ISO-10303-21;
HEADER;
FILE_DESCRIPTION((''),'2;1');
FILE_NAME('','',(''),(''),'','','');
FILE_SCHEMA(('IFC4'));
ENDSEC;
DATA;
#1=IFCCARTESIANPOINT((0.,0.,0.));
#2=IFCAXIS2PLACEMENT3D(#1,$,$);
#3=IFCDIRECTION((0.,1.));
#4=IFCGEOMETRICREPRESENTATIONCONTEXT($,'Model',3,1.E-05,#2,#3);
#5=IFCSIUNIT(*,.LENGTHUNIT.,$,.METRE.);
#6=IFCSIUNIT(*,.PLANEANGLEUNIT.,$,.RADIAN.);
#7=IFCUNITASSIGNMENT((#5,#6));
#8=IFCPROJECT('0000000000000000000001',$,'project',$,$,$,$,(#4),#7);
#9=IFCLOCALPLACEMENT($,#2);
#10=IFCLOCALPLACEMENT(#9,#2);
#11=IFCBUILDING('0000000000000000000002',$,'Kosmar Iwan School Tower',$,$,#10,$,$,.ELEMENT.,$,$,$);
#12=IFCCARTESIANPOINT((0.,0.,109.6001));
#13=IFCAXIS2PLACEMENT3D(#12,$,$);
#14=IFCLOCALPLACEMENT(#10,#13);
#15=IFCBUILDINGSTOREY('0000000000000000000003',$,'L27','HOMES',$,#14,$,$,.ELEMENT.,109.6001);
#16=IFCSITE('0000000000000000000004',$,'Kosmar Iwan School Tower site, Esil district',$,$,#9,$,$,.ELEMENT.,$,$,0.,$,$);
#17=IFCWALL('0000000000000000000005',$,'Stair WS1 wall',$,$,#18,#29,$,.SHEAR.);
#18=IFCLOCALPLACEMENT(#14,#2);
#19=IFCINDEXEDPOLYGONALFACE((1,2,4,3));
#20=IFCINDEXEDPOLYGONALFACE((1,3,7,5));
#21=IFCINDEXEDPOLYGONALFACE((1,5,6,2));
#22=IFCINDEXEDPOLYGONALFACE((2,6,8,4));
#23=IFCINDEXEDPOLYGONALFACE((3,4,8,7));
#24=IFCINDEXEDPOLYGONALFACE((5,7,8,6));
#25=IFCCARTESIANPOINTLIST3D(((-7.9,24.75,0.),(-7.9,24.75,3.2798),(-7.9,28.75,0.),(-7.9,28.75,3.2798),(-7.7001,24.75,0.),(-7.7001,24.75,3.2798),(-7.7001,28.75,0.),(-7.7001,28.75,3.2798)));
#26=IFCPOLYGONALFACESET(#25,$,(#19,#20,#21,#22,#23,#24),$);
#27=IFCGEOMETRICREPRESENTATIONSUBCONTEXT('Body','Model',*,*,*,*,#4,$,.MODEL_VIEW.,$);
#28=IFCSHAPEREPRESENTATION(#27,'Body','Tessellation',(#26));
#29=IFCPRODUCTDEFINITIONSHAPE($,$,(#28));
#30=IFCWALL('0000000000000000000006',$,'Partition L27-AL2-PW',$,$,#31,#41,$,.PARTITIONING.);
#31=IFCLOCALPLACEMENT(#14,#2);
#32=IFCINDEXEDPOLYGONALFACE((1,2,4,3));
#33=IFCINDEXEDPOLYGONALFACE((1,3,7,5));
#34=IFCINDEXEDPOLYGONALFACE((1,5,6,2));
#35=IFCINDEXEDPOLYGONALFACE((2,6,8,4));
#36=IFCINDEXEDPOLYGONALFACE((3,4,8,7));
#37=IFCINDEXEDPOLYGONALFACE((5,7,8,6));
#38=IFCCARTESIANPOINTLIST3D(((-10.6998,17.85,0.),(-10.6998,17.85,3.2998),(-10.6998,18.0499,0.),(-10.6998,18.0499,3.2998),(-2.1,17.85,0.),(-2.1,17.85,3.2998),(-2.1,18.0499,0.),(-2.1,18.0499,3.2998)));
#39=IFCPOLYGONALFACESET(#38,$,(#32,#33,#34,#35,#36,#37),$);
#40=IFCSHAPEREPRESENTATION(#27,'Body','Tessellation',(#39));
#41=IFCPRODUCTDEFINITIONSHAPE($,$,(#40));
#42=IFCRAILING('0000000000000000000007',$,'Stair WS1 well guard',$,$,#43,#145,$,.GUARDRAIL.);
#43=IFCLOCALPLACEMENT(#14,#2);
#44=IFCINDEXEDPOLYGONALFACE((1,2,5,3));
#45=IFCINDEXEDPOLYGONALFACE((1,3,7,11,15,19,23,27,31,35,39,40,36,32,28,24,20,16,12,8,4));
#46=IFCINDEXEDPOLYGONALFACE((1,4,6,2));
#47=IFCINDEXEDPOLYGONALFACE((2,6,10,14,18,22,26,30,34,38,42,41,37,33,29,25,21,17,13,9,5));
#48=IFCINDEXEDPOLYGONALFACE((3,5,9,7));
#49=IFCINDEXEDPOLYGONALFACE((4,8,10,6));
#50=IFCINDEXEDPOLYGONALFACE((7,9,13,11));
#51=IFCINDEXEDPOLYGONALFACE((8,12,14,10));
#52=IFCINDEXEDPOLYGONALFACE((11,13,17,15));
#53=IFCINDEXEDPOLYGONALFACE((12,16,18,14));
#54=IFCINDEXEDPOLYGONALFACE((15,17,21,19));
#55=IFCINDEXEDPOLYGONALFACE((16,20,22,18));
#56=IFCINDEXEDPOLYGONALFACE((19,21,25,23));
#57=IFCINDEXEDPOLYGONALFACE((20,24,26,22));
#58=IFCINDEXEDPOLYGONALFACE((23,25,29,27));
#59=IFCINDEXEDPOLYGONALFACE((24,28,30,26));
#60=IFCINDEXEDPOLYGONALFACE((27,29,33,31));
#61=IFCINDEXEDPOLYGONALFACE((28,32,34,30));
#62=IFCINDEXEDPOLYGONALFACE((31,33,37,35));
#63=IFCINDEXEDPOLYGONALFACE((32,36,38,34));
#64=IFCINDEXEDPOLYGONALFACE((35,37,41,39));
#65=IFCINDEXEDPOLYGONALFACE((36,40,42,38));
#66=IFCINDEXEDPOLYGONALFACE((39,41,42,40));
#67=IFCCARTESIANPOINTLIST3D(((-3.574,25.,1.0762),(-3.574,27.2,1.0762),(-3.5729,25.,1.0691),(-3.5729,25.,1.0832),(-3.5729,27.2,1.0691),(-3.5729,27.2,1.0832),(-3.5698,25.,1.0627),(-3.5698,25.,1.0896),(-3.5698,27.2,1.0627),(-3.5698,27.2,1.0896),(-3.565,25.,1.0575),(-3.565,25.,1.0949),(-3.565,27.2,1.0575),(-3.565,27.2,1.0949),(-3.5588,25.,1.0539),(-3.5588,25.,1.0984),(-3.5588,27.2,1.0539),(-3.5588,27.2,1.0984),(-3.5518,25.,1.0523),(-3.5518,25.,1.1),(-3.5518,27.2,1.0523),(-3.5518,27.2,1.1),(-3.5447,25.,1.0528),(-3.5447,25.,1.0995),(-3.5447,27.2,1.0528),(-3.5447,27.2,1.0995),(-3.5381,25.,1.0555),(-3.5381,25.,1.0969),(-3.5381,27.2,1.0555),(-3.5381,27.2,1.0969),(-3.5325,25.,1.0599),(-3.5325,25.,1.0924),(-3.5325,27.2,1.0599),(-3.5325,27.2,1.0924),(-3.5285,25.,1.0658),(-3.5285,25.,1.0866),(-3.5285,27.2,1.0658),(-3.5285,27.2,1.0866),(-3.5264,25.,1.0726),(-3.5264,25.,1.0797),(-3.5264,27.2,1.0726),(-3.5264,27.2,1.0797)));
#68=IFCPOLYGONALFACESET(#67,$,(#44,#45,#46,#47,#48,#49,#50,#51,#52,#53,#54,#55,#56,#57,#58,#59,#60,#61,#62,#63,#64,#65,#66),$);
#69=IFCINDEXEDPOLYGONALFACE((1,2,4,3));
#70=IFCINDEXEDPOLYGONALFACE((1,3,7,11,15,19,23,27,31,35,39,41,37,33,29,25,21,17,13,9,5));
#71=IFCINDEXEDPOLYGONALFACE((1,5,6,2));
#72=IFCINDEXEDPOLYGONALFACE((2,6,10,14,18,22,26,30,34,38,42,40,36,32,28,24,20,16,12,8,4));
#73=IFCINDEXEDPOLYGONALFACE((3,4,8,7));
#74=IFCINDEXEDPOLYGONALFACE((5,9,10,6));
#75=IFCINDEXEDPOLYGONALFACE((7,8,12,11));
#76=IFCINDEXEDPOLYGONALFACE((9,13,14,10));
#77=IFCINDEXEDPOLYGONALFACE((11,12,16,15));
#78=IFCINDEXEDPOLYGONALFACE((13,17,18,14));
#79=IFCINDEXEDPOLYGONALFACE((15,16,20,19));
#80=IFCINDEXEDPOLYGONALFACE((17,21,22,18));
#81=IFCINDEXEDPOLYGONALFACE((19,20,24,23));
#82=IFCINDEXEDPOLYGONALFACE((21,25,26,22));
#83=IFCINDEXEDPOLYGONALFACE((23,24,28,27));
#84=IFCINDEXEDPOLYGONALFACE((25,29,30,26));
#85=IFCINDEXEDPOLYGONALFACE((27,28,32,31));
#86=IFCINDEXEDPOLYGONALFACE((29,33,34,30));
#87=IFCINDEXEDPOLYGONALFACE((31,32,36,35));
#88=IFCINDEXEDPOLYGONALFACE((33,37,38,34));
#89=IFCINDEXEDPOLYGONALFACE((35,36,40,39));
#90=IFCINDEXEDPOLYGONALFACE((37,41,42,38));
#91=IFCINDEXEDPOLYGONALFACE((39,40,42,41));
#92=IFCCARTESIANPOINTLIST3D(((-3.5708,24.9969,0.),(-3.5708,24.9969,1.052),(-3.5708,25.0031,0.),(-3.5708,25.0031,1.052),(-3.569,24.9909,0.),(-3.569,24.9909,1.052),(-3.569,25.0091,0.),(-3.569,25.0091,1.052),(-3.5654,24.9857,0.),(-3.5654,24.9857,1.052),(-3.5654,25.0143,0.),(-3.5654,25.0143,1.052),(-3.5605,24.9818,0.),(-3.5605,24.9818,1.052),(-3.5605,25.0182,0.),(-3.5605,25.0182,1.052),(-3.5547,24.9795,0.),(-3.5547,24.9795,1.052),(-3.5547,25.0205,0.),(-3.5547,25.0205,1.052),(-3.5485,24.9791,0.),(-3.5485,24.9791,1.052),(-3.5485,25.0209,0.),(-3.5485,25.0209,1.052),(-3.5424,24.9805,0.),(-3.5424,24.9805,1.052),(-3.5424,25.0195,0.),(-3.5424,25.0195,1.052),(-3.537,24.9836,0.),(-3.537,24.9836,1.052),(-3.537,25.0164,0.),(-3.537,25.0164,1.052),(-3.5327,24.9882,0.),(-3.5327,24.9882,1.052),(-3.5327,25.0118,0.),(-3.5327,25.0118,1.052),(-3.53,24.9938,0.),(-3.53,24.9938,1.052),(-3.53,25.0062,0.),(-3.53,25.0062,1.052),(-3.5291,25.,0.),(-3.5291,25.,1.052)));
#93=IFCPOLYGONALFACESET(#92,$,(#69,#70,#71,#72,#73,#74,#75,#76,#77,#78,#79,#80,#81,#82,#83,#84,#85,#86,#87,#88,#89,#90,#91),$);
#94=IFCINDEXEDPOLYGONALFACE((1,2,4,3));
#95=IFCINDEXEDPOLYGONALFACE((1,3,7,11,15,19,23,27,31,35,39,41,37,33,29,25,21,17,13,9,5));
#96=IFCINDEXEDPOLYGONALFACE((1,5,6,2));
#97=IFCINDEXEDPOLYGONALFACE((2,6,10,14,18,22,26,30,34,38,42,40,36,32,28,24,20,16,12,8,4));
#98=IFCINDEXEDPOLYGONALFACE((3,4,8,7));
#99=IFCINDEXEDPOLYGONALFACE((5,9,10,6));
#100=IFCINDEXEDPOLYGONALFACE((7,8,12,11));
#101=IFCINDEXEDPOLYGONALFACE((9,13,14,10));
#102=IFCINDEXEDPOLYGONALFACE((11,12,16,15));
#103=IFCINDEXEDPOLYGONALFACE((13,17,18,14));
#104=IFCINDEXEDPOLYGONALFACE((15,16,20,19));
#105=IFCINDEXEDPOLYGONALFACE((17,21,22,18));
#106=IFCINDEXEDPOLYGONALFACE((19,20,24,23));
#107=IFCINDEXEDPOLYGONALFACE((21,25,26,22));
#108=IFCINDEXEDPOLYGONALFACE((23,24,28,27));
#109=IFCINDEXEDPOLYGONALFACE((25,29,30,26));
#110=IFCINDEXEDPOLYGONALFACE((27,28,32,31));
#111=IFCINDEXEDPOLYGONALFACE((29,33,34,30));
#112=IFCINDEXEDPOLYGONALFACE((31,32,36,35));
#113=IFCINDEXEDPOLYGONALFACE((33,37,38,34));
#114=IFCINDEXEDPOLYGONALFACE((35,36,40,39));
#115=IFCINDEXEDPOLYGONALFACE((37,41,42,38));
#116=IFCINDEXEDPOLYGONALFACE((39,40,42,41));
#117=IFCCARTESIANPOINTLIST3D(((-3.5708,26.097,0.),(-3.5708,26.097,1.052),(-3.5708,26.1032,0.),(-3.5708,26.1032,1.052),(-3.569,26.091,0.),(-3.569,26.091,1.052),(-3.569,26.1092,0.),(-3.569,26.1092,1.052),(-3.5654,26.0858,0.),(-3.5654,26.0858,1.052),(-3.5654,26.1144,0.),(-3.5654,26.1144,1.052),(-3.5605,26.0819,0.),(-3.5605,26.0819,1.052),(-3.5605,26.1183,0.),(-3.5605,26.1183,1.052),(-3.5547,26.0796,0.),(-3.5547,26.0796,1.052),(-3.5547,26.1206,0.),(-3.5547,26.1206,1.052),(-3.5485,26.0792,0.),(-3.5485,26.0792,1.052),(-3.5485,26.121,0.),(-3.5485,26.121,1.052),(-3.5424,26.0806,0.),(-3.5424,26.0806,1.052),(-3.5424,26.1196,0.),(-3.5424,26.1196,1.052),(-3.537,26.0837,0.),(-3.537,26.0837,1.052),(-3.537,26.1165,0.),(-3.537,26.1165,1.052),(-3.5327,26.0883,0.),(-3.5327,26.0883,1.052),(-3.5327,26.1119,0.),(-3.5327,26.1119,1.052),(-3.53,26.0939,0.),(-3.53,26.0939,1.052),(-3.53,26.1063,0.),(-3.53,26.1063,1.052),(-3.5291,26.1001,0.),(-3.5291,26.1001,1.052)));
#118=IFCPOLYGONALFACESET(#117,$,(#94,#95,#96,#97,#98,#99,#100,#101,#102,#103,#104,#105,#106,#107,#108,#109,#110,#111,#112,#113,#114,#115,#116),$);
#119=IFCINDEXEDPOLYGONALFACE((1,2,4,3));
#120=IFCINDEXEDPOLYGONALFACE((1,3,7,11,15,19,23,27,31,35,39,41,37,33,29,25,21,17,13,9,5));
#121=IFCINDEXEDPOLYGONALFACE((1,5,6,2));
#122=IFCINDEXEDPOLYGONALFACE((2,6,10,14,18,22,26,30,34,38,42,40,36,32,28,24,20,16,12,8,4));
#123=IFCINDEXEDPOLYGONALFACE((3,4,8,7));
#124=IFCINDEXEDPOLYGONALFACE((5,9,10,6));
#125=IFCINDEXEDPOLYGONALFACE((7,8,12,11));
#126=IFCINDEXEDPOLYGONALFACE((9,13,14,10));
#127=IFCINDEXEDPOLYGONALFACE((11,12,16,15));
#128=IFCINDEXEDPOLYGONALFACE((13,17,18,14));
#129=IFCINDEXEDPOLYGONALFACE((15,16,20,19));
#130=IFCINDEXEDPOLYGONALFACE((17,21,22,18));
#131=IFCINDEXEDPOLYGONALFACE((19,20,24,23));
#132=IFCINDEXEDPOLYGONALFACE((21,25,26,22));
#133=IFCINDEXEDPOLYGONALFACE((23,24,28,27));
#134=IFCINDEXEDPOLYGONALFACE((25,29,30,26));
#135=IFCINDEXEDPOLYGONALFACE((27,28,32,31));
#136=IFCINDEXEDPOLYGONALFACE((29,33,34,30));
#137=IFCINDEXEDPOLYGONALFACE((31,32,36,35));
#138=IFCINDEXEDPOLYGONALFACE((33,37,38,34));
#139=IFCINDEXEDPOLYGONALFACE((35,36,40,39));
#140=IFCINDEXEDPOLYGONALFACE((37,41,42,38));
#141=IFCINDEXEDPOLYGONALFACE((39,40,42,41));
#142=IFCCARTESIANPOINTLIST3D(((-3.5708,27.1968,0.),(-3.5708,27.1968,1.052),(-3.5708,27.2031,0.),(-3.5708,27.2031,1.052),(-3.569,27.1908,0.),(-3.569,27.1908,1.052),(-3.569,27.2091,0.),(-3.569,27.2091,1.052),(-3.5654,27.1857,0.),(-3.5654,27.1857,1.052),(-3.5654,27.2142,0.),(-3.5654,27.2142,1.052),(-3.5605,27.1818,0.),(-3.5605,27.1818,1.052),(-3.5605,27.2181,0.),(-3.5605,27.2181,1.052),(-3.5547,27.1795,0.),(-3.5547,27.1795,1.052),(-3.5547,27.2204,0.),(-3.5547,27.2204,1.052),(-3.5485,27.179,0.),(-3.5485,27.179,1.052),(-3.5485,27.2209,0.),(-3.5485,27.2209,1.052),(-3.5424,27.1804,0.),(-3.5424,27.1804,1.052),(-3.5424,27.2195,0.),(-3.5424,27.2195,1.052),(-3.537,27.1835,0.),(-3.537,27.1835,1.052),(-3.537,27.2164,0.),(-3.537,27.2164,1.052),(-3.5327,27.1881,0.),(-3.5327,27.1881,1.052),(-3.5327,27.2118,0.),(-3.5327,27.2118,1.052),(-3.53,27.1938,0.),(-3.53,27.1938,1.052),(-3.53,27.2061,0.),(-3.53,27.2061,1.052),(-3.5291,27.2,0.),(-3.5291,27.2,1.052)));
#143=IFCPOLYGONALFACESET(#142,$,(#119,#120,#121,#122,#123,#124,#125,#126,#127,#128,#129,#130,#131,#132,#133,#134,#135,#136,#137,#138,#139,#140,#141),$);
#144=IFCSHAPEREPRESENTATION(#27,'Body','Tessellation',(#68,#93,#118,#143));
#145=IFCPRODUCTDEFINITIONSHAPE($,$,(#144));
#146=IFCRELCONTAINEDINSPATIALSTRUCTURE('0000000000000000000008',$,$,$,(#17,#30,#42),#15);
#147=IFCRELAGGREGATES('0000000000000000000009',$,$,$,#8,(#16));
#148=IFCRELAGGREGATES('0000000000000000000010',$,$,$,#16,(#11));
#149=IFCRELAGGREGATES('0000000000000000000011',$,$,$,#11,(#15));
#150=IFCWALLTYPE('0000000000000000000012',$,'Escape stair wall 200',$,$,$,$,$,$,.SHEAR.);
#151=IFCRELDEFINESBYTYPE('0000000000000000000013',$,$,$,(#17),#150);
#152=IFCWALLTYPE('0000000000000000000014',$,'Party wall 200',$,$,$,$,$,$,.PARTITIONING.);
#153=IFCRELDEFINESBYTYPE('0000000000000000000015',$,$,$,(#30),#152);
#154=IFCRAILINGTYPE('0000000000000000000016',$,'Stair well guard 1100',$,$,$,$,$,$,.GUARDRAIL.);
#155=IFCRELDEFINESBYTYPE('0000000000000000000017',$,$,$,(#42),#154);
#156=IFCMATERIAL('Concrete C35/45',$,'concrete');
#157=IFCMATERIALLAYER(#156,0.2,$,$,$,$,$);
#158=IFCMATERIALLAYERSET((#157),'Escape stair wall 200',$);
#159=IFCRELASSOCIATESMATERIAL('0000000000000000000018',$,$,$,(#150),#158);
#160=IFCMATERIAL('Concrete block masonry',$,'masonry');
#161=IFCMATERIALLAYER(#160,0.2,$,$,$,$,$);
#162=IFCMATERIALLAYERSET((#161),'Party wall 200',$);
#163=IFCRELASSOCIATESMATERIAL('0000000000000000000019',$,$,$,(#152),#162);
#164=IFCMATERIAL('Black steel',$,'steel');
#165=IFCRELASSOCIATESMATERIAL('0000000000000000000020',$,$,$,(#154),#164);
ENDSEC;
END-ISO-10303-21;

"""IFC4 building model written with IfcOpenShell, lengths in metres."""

from ifc_helpers import new_model, si_unit, direction, frame, frame_2d, origin, origin_2d, place, context, subcontext, project, spatial, rectangle, circle, extrude, material, layer, layer_set, type_object, element, save


model = new_model("IFC4")

# Units and contexts
model_context = context("Model", 3, precision=1e-05, world=origin(), true_north=direction((0.0, 1.0)))
body_context = subcontext(model_context, "Body", "Model", "MODEL_VIEW")
ifc_project = project(units=[si_unit("LENGTHUNIT", "METRE"), si_unit("PLANEANGLEUNIT", "RADIAN")], contexts=[model_context])

# Site, building, storey
site_placement = place(None, origin())
site = spatial("IfcSite", under=ifc_project, at=site_placement, Name="Kosmar Iwan School Tower site, Esil district", CompositionType="ELEMENT", RefElevation=0.0)
building_placement = place(site_placement, origin())
building = spatial("IfcBuilding", under=site, at=building_placement, Name="Kosmar Iwan School Tower", CompositionType="ELEMENT")
storey_placement = place(building_placement, frame((0.0, 0.0, 109.6001)))
storey = spatial("IfcBuildingStorey", under=building, at=storey_placement, Name="L27", Description="HOMES", CompositionType="ELEMENT", Elevation=109.6001)

# Walls
ifc_material_1 = material(Name="Concrete C35/45", Category="concrete")
ifc_layer_1 = layer(ifc_material_1, 0.2)
ifc_layer_set_1 = layer_set([ifc_layer_1], Name="Escape stair wall 200")
wall_type_1 = type_object("IfcWallType", Name="Escape stair wall 200", PredefinedType="SHEAR", material=ifc_layer_set_1)
wall_1_placement = place(storey_placement, frame((-7.8, 24.75, 0.0), z_axis=(0.0, 0.0, 1.0), x_axis=(0.0, 1.0, 0.0)))
element("IfcWall", 1, at=wall_1_placement, inside=storey, type_object=wall_type_1, Name="Stair WS1 wall", PredefinedType="SHEAR", context=body_context, shape_type="SweptSolid", body=[
    extrude(rectangle(XDim=4.0, YDim=0.2, at=frame_2d((2.0, 0.0))), origin(), (0.0, 0.0, 1.0), 3.2798),
])
ifc_material_2 = material(Name="Concrete block masonry", Category="masonry")
ifc_layer_2 = layer(ifc_material_2, 0.2)
ifc_layer_set_2 = layer_set([ifc_layer_2], Name="Party wall 200")
wall_type_2 = type_object("IfcWallType", Name="Party wall 200", PredefinedType="PARTITIONING", material=ifc_layer_set_2)
wall_2_placement = place(storey_placement, frame((-2.1001, 17.95, 0.0), z_axis=(0.0, 0.0, 1.0), x_axis=(-1.0, 0.0, 0.0)))
element("IfcWall", 2, at=wall_2_placement, inside=storey, type_object=wall_type_2, Name="Partition L27-AL2-PW", PredefinedType="PARTITIONING", context=body_context, shape_type="SweptSolid", body=[
    extrude(rectangle(XDim=8.5999, YDim=0.2, at=frame_2d((4.2998, 0.0))), origin(), (0.0, 0.0, 1.0), 3.2998),
])

# Railing
ifc_material_3 = material(Name="Black steel", Category="steel")
railing_type = type_object("IfcRailingType", Name="Stair well guard 1100", PredefinedType="GUARDRAIL", material=ifc_material_3)
railing_placement = place(storey_placement, frame((-3.55, 25.0, 0.0)))
element("IfcRailing", 3, at=railing_placement, inside=storey, type_object=railing_type, Name="Stair WS1 well guard", PredefinedType="GUARDRAIL", context=body_context, shape_type="SweptSolid", body=[
    extrude(circle(Radius=0.0239, at=origin_2d()), frame((0.0, 0.0, 1.0762), z_axis=(0.0, 1.0, 0.0), x_axis=(-1.0, 0.0, 0.0)), (0.0, 0.0, 1.0), 2.2),
    extrude(circle(Radius=0.021, at=origin_2d()), origin(), (0.0, 0.0, 1.0), 1.052),
    extrude(circle(Radius=0.021, at=origin_2d()), frame((0.0, 1.1001, 0.0)), (0.0, 0.0, 1.0), 1.052),
    extrude(circle(Radius=0.021, at=origin_2d()), frame((0.0, 2.2, 0.0)), (0.0, 0.0, 1.0), 1.052),
])

save(model, "model.ifc")
